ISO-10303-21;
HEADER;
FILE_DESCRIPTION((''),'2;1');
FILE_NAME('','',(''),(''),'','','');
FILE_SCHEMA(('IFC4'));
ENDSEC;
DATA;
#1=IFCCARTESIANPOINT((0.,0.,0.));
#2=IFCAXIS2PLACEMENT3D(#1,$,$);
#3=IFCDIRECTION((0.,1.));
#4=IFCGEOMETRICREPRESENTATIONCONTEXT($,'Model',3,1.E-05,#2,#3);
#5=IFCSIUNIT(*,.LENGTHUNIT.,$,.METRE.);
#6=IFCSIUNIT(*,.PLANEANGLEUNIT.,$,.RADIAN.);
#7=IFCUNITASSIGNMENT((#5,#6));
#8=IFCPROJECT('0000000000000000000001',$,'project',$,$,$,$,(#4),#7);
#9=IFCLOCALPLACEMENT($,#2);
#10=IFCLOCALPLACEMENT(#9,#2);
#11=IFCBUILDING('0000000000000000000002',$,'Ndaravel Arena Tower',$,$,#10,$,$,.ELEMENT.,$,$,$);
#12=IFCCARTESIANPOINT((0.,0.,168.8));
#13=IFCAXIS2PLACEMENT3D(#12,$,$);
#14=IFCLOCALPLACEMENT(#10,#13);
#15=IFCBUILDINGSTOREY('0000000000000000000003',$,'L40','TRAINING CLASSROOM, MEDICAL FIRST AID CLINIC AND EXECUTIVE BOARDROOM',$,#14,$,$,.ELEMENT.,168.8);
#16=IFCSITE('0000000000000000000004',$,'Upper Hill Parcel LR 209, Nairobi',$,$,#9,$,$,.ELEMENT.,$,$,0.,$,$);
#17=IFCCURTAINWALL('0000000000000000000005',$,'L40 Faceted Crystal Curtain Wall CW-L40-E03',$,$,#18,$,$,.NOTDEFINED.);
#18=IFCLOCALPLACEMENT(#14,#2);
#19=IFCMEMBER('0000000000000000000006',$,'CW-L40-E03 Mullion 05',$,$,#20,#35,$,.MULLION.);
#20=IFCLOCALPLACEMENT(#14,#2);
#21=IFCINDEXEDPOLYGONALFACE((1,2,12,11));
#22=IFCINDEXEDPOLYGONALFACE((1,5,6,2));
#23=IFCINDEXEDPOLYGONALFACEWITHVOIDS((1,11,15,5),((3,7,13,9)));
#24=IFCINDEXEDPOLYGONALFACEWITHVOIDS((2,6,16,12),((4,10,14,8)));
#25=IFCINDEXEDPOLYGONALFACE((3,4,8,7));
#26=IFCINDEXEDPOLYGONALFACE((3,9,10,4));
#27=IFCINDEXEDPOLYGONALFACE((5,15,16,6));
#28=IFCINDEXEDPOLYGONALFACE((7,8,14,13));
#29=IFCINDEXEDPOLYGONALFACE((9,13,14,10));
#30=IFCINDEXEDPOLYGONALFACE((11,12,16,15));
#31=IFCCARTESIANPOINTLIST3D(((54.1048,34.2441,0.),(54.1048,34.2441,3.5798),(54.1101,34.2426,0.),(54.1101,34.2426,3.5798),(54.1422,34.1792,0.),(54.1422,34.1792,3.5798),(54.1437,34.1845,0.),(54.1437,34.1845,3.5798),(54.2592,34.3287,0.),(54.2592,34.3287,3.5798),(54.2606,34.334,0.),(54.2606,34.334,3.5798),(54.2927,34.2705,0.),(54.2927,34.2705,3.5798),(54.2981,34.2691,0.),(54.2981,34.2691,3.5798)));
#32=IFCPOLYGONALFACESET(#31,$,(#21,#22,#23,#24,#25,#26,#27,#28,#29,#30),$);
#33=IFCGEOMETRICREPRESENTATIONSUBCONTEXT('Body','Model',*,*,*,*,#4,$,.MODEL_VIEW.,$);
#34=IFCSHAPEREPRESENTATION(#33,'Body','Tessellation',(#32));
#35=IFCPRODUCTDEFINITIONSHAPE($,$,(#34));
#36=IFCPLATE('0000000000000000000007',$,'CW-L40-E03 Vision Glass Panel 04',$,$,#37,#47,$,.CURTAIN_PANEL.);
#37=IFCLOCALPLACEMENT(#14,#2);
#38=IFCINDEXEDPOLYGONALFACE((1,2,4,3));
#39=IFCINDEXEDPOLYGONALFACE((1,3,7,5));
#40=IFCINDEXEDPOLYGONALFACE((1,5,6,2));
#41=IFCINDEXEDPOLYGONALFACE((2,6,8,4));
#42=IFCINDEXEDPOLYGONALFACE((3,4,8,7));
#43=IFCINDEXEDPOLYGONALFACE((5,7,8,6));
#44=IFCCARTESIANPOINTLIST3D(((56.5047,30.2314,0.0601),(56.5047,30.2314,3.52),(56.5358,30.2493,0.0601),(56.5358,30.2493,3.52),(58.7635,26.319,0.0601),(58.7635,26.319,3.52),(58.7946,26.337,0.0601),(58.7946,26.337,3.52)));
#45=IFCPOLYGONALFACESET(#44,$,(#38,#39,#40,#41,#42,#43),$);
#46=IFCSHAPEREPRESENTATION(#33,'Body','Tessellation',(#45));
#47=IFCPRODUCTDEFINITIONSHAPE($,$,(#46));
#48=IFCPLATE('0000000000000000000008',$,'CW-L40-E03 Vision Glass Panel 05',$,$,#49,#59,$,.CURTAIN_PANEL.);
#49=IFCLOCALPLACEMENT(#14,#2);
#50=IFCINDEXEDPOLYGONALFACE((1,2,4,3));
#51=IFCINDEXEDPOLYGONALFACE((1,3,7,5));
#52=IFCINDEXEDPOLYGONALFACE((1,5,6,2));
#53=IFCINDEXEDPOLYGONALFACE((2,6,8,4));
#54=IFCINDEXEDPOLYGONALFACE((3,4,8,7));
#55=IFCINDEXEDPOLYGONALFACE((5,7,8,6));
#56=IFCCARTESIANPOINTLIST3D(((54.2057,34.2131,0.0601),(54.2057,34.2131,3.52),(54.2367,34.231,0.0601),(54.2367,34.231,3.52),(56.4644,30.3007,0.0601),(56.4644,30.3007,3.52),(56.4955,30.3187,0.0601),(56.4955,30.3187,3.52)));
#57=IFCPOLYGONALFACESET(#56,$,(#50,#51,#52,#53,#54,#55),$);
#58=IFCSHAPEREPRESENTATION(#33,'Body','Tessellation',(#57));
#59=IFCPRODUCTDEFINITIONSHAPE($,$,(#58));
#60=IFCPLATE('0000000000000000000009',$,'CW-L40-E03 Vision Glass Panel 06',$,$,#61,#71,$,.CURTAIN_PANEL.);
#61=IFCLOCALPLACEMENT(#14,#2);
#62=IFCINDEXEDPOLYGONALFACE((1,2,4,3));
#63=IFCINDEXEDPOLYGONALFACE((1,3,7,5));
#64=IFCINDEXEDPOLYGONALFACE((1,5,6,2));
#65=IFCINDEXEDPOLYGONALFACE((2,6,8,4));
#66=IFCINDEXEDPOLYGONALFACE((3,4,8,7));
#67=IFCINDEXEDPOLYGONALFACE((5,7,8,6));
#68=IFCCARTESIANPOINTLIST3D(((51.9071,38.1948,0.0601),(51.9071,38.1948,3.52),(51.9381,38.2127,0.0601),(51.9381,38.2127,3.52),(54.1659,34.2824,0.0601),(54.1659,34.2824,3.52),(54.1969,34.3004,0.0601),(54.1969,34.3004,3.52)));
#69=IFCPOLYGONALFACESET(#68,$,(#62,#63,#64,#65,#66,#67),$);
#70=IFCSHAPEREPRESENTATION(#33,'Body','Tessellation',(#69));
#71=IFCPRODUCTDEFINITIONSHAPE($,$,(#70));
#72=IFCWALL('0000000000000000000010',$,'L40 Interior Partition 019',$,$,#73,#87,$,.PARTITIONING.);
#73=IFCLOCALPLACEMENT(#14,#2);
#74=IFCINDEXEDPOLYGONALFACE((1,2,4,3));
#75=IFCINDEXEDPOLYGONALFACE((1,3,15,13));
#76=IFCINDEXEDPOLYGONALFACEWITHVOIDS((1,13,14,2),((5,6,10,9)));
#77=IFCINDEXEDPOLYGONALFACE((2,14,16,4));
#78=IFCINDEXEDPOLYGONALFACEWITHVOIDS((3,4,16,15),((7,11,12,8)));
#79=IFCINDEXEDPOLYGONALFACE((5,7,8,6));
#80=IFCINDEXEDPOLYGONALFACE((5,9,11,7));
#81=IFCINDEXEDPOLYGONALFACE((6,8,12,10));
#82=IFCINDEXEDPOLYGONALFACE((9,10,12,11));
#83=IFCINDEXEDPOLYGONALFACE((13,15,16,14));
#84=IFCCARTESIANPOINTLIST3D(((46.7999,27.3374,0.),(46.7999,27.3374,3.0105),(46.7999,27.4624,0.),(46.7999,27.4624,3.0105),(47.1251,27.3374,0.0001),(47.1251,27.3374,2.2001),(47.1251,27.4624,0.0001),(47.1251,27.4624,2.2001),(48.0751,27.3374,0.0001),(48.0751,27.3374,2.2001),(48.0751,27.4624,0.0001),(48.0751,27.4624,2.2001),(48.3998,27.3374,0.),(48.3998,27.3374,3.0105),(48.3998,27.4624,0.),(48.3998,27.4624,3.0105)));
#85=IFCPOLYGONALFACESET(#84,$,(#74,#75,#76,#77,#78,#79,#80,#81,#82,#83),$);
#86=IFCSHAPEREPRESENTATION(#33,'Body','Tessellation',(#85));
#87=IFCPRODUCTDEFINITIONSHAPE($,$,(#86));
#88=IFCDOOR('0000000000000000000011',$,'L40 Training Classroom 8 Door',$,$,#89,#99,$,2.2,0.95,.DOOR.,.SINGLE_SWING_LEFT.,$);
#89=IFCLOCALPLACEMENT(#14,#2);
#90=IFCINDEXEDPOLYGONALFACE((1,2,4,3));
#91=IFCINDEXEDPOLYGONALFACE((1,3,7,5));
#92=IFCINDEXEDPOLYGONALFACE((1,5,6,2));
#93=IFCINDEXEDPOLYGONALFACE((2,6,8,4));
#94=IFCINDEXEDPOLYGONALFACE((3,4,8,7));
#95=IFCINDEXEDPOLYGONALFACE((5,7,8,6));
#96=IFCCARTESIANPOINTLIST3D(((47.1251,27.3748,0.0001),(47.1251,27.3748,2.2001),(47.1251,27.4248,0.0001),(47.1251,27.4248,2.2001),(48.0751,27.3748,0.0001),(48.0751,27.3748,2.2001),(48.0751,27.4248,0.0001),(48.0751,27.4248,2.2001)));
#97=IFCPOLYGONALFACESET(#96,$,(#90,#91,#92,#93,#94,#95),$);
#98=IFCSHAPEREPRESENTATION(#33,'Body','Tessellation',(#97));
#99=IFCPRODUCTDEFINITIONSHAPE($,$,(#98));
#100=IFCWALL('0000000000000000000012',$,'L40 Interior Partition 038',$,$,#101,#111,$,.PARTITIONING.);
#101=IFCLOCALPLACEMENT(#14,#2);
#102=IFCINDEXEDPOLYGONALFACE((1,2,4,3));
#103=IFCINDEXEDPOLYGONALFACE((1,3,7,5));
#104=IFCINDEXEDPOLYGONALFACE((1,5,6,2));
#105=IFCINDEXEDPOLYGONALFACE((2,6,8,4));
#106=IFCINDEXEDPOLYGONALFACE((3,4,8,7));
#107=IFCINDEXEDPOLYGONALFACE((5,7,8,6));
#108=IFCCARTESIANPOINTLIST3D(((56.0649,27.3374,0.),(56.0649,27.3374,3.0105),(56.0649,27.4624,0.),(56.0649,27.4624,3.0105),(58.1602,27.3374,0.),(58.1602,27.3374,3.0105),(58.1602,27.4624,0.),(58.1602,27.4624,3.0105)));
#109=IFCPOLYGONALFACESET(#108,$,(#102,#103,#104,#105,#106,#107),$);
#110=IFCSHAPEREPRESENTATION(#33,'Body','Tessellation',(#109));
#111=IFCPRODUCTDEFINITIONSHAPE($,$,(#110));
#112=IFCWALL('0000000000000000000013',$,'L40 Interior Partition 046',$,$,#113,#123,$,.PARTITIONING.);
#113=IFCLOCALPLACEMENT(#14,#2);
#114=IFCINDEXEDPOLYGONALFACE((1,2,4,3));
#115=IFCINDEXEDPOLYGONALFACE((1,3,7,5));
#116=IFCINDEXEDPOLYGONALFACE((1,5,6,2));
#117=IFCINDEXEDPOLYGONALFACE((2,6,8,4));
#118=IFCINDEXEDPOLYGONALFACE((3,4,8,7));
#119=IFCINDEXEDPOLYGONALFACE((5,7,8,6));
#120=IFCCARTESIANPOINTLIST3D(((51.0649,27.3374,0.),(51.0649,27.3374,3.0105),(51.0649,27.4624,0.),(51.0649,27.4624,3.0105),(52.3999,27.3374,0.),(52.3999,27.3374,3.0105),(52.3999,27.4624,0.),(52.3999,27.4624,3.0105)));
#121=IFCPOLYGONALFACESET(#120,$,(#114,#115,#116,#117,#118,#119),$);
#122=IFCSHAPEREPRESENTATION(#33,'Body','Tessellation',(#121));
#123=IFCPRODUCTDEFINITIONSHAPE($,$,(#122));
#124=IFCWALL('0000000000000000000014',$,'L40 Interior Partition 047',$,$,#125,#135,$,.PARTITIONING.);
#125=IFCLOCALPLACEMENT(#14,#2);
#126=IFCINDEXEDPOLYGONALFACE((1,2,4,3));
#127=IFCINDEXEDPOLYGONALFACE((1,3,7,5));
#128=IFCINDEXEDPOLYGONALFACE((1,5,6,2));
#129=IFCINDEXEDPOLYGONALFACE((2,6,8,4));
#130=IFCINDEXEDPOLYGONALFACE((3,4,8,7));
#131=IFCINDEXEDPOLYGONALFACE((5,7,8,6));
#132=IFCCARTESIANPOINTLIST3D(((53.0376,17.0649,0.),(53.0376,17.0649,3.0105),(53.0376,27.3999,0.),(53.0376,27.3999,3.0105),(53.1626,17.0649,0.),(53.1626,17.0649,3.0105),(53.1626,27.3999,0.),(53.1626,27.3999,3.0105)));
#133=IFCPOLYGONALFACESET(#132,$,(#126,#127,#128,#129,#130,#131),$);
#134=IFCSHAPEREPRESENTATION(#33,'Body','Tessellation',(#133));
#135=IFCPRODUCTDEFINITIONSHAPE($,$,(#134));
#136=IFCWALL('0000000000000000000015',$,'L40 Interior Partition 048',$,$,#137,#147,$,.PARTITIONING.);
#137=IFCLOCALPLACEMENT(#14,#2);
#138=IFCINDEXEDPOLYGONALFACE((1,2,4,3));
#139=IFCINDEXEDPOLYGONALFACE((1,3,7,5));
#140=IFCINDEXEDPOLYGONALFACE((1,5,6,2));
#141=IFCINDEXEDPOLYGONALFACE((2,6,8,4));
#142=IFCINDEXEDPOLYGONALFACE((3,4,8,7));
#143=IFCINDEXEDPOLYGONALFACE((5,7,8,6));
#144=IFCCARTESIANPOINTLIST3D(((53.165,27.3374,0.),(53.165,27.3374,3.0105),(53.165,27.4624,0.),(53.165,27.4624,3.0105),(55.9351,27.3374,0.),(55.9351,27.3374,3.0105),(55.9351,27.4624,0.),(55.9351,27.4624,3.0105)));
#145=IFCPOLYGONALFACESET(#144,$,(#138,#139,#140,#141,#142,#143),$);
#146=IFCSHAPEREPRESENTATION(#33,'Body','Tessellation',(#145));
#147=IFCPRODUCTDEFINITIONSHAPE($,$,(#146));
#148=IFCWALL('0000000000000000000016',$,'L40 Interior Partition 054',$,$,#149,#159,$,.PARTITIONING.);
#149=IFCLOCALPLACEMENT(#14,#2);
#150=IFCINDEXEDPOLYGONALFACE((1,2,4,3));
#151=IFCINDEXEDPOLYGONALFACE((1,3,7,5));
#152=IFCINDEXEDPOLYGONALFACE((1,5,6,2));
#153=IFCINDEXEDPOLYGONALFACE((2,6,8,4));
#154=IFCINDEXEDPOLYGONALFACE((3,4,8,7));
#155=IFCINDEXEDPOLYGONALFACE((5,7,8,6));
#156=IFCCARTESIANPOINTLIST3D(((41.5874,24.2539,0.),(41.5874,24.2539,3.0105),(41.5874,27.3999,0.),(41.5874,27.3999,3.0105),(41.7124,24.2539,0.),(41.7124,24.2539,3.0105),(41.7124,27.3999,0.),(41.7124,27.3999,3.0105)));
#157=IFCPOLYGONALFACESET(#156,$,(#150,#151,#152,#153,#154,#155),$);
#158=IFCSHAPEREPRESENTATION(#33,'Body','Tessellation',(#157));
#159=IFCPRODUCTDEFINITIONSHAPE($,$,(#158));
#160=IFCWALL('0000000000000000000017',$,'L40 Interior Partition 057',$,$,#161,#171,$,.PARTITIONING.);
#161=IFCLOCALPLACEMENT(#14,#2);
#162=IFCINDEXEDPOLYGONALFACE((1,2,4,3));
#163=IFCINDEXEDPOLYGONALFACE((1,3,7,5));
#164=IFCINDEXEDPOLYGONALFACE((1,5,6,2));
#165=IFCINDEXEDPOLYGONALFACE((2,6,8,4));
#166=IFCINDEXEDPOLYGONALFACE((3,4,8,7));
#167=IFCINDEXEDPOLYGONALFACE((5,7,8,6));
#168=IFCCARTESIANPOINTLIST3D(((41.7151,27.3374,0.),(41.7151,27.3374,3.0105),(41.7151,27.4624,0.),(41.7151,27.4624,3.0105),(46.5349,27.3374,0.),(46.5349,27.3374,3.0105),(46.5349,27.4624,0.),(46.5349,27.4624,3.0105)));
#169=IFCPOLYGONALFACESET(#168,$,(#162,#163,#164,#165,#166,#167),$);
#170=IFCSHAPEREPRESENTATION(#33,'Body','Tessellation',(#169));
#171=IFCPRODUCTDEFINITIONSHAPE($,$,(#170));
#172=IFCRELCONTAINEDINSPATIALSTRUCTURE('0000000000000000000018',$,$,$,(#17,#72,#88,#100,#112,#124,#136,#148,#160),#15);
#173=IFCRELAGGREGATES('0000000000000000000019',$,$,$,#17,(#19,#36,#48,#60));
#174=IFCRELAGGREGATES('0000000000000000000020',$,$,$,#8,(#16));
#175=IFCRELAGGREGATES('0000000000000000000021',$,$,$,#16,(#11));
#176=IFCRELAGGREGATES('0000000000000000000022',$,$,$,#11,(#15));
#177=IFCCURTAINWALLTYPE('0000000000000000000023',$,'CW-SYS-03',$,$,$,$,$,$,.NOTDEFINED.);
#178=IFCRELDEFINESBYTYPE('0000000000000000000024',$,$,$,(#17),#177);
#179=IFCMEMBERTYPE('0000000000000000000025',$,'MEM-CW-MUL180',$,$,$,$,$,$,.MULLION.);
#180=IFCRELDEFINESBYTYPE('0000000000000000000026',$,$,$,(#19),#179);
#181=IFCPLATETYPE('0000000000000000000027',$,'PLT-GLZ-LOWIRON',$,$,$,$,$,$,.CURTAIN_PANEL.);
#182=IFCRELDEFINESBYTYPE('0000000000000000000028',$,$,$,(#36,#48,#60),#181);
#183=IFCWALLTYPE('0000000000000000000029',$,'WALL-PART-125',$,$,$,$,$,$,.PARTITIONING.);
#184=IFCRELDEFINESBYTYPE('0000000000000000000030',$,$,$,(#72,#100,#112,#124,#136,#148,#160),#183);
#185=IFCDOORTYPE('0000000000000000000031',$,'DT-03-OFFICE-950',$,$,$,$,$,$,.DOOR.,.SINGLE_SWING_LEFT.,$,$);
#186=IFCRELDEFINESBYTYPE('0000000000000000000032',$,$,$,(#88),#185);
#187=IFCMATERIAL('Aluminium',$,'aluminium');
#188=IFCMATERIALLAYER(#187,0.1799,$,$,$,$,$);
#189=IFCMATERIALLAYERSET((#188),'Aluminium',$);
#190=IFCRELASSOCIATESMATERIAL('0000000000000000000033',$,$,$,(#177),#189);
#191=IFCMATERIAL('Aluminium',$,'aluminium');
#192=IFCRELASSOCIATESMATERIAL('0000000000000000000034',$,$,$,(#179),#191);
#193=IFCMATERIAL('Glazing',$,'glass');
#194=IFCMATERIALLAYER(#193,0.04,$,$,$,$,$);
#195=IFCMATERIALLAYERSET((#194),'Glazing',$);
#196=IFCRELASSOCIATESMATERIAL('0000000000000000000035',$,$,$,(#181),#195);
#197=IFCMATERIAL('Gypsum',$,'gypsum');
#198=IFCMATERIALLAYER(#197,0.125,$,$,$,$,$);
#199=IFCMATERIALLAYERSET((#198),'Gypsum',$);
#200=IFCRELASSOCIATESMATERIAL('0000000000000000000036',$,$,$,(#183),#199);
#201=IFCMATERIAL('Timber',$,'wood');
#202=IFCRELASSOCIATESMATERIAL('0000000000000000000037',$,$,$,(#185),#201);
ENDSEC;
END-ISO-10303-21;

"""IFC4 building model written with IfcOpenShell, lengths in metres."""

from ifc_helpers import new_model, si_unit, direction, frame, frame_2d, origin, origin_2d, place, context, subcontext, project, spatial, rectangle, hollow_rectangle, extrude, material, layer, layer_set, material_profile, profile_set, type_object, element, fill, aggregate, save


model = new_model("IFC4")

# Units and contexts
model_context = context("Model", 3, precision=1e-05, world=origin(), true_north=direction((0.0, 1.0)))
body_context = subcontext(model_context, "Body", "Model", "MODEL_VIEW")
ifc_project = project(units=[si_unit("LENGTHUNIT", "METRE"), si_unit("PLANEANGLEUNIT", "RADIAN")], contexts=[model_context])

# Site, building, storey
site_placement = place(None, origin())
site = spatial("IfcSite", under=ifc_project, at=site_placement, Name="Upper Hill Parcel LR 209, Nairobi", CompositionType="ELEMENT", RefElevation=0.0)
building_placement = place(site_placement, origin())
building = spatial("IfcBuilding", under=site, at=building_placement, Name="Ndaravel Arena Tower", CompositionType="ELEMENT")
storey_placement = place(building_placement, frame((0.0, 0.0, 168.8)))
storey = spatial("IfcBuildingStorey", under=building, at=storey_placement, Name="L40", Description="TRAINING CLASSROOM, MEDICAL FIRST AID CLINIC AND EXECUTIVE BOARDROOM", CompositionType="ELEMENT", Elevation=168.8)

# Curtain wall, member, plates
ifc_material_1 = material(Name="Aluminium", Category="aluminium")
ifc_layer_1 = layer(ifc_material_1, 0.1799)
ifc_layer_set_1 = layer_set([ifc_layer_1], Name="Aluminium")
curtain_wall_type = type_object("IfcCurtainWallType", Name="CW-SYS-03", PredefinedType="NOTDEFINED", material=ifc_layer_set_1)
curtain_wall_placement = place(storey_placement, origin())
curtain_wall = element("IfcCurtainWall", 1, at=curtain_wall_placement, inside=storey, type_object=curtain_wall_type, Name="L40 Faceted Crystal Curtain Wall CW-L40-E03", PredefinedType="NOTDEFINED")
ifc_material_2 = material(Name="Aluminium", Category="aluminium")
ifc_material_profile_1 = material_profile(ifc_material_2, hollow_rectangle(XDim=0.075, YDim=0.1799, WallThickness=0.0039, at=origin_2d()), Name="CW MULLION 75x180x4")
ifc_profile_set_1 = profile_set([ifc_material_profile_1], Name="Aluminium")
member_type = type_object("IfcMemberType", Name="MEM-CW-MUL180", PredefinedType="MULLION", material=ifc_profile_set_1)
member_1_placement = place(storey_placement, frame((54.2014, 34.2566, 0.0), z_axis=(0.0, 0.0, 1.0), x_axis=(-0.5, 0.866025, 0.0)))
member_1 = element("IfcMember", 2, at=member_1_placement, type_object=member_type, Name="CW-L40-E03 Mullion 05", PredefinedType="MULLION", context=body_context, shape_type="SweptSolid", body=[
    extrude(hollow_rectangle(XDim=0.075, YDim=0.1799, WallThickness=0.0039, at=origin_2d()), origin(), (0.0, 0.0, 1.0), 3.5798),
])
ifc_material_3 = material(Name="Glazing", Category="glass")
ifc_layer_2 = layer(ifc_material_3, 0.04)
ifc_layer_set_2 = layer_set([ifc_layer_2], Name="Glazing")
plate_type = type_object("IfcPlateType", Name="PLT-GLZ-LOWIRON", PredefinedType="CURTAIN_PANEL", material=ifc_layer_set_2)
plate_1_placement = place(storey_placement, frame((57.6497, 28.2842, 0.0601), z_axis=(0.0, 0.0, 1.0), x_axis=(-0.5, 0.866025, 0.0)))
plate_1 = element("IfcPlate", 3, at=plate_1_placement, type_object=plate_type, Name="CW-L40-E03 Vision Glass Panel 04", PredefinedType="CURTAIN_PANEL", context=body_context, shape_type="SweptSolid", body=[
    extrude(rectangle(XDim=4.5176, YDim=0.0359, at=origin_2d()), origin(), (0.0, 0.0, 1.0), 3.46),
])
plate_2_placement = place(storey_placement, frame((55.3506, 32.2659, 0.0601), z_axis=(0.0, 0.0, 1.0), x_axis=(-0.5, 0.866025, 0.0)))
plate_2 = element("IfcPlate", 4, at=plate_2_placement, type_object=plate_type, Name="CW-L40-E03 Vision Glass Panel 05", PredefinedType="CURTAIN_PANEL", context=body_context, shape_type="SweptSolid", body=[
    extrude(rectangle(XDim=4.5176, YDim=0.0359, at=origin_2d()), origin(), (0.0, 0.0, 1.0), 3.46),
])
plate_3_placement = place(storey_placement, frame((53.052, 36.2476, 0.0601), z_axis=(0.0, 0.0, 1.0), x_axis=(-0.5, 0.866025, 0.0)))
plate_3 = element("IfcPlate", 5, at=plate_3_placement, type_object=plate_type, Name="CW-L40-E03 Vision Glass Panel 06", PredefinedType="CURTAIN_PANEL", context=body_context, shape_type="SweptSolid", body=[
    extrude(rectangle(XDim=4.5176, YDim=0.0359, at=origin_2d()), origin(), (0.0, 0.0, 1.0), 3.46),
])
aggregate(curtain_wall, [member_1, plate_1, plate_2, plate_3])

# Wall, opening, door
ifc_material_4 = material(Name="Gypsum", Category="gypsum")
ifc_layer_3 = layer(ifc_material_4, 0.125)
ifc_layer_set_3 = layer_set([ifc_layer_3], Name="Gypsum")
wall_type_1 = type_object("IfcWallType", Name="WALL-PART-125", PredefinedType="PARTITIONING", material=ifc_layer_set_3)
wall_1_placement = place(storey_placement, frame((46.8, 27.3999, 0.0), z_axis=(0.0, 0.0, 1.0), x_axis=(1.0, 0.0, 0.0)))
wall_1 = element("IfcWall", 6, at=wall_1_placement, inside=storey, type_object=wall_type_1, Name="L40 Interior Partition 019", PredefinedType="PARTITIONING", context=body_context, shape_type="SweptSolid", body=[
    extrude(rectangle(XDim=1.5999, YDim=0.125, at=frame_2d((0.7998, 0.0))), origin(), (0.0, 0.0, 1.0), 3.0105),
])
opening_1_placement = place(wall_1_placement, frame((0.325, 0.0, 0.0)))
opening_1 = element("IfcOpeningElement", 7, at=opening_1_placement, cuts=wall_1, PredefinedType="OPENING", context=body_context, shape_type="SweptSolid", body=[
    extrude(rectangle(XDim=0.95, YDim=2.2, at=frame_2d((0.4751, 1.1001))), frame((0.0, 0.0625, 0.0), z_axis=(0.0, -1.0, 0.0), x_axis=(1.0, 0.0, 0.0)), (0.0, 0.0, 1.0), 0.125),
])
ifc_material_5 = material(Name="Timber", Category="wood")
door_type_1 = type_object("IfcDoorType", Name="DT-03-OFFICE-950", OperationType="SINGLE_SWING_LEFT", PredefinedType="DOOR", material=ifc_material_5)
door_1_placement = place(opening_1_placement, origin())
door_1 = element("IfcDoor", 8, at=door_1_placement, inside=storey, type_object=door_type_1, Name="L40 Training Classroom 8 Door", OperationType="SINGLE_SWING_LEFT", OverallHeight=2.2, OverallWidth=0.95, PredefinedType="DOOR", context=body_context, shape_type="SweptSolid", body=[
    extrude(rectangle(XDim=0.95, YDim=2.2, at=frame_2d((0.4751, 1.1001))), frame((0.0, 0.0249, 0.0), z_axis=(0.0, -1.0, 0.0), x_axis=(1.0, 0.0, 0.0)), (0.0, 0.0, 1.0), 0.05),
])
fill(opening_1, door_1)

# Walls
wall_2_placement = place(storey_placement, frame((56.0649, 27.3999, 0.0), z_axis=(0.0, 0.0, 1.0), x_axis=(1.0, 0.0, 0.0)))
element("IfcWall", 9, at=wall_2_placement, inside=storey, type_object=wall_type_1, Name="L40 Interior Partition 038", PredefinedType="PARTITIONING", context=body_context, shape_type="SweptSolid", body=[
    extrude(rectangle(XDim=2.0952, YDim=0.125, at=frame_2d((1.0476, 0.0))), origin(), (0.0, 0.0, 1.0), 3.0105),
])
wall_3_placement = place(storey_placement, frame((51.0649, 27.3999, 0.0), z_axis=(0.0, 0.0, 1.0), x_axis=(1.0, 0.0, 0.0)))
element("IfcWall", 10, at=wall_3_placement, inside=storey, type_object=wall_type_1, Name="L40 Interior Partition 046", PredefinedType="PARTITIONING", context=body_context, shape_type="SweptSolid", body=[
    extrude(rectangle(XDim=1.335, YDim=0.125, at=frame_2d((0.6675, 0.0))), origin(), (0.0, 0.0, 1.0), 3.0105),
])
wall_4_placement = place(storey_placement, frame((53.1001, 27.3999, 0.0), z_axis=(0.0, 0.0, 1.0), x_axis=(0.0, -1.0, 0.0)))
element("IfcWall", 11, at=wall_4_placement, inside=storey, type_object=wall_type_1, Name="L40 Interior Partition 047", PredefinedType="PARTITIONING", context=body_context, shape_type="SweptSolid", body=[
    extrude(rectangle(XDim=10.335, YDim=0.125, at=frame_2d((5.1675, 0.0))), origin(), (0.0, 0.0, 1.0), 3.0105),
])
wall_5_placement = place(storey_placement, frame((53.165, 27.3999, 0.0), z_axis=(0.0, 0.0, 1.0), x_axis=(1.0, 0.0, 0.0)))
element("IfcWall", 12, at=wall_5_placement, inside=storey, type_object=wall_type_1, Name="L40 Interior Partition 048", PredefinedType="PARTITIONING", context=body_context, shape_type="SweptSolid", body=[
    extrude(rectangle(XDim=2.77, YDim=0.125, at=frame_2d((1.385, 0.0))), origin(), (0.0, 0.0, 1.0), 3.0105),
])
wall_6_placement = place(storey_placement, frame((41.6499, 27.3999, 0.0), z_axis=(0.0, 0.0, 1.0), x_axis=(0.0, -1.0, 0.0)))
element("IfcWall", 13, at=wall_6_placement, inside=storey, type_object=wall_type_1, Name="L40 Interior Partition 054", PredefinedType="PARTITIONING", context=body_context, shape_type="SweptSolid", body=[
    extrude(rectangle(XDim=3.146, YDim=0.125, at=frame_2d((1.573, 0.0))), origin(), (0.0, 0.0, 1.0), 3.0105),
])
wall_7_placement = place(storey_placement, frame((41.7151, 27.3999, 0.0), z_axis=(0.0, 0.0, 1.0), x_axis=(1.0, 0.0, 0.0)))
element("IfcWall", 14, at=wall_7_placement, inside=storey, type_object=wall_type_1, Name="L40 Interior Partition 057", PredefinedType="PARTITIONING", context=body_context, shape_type="SweptSolid", body=[
    extrude(rectangle(XDim=4.8198, YDim=0.125, at=frame_2d((2.4099, 0.0))), origin(), (0.0, 0.0, 1.0), 3.0105),
])

save(model, "model.ifc")
